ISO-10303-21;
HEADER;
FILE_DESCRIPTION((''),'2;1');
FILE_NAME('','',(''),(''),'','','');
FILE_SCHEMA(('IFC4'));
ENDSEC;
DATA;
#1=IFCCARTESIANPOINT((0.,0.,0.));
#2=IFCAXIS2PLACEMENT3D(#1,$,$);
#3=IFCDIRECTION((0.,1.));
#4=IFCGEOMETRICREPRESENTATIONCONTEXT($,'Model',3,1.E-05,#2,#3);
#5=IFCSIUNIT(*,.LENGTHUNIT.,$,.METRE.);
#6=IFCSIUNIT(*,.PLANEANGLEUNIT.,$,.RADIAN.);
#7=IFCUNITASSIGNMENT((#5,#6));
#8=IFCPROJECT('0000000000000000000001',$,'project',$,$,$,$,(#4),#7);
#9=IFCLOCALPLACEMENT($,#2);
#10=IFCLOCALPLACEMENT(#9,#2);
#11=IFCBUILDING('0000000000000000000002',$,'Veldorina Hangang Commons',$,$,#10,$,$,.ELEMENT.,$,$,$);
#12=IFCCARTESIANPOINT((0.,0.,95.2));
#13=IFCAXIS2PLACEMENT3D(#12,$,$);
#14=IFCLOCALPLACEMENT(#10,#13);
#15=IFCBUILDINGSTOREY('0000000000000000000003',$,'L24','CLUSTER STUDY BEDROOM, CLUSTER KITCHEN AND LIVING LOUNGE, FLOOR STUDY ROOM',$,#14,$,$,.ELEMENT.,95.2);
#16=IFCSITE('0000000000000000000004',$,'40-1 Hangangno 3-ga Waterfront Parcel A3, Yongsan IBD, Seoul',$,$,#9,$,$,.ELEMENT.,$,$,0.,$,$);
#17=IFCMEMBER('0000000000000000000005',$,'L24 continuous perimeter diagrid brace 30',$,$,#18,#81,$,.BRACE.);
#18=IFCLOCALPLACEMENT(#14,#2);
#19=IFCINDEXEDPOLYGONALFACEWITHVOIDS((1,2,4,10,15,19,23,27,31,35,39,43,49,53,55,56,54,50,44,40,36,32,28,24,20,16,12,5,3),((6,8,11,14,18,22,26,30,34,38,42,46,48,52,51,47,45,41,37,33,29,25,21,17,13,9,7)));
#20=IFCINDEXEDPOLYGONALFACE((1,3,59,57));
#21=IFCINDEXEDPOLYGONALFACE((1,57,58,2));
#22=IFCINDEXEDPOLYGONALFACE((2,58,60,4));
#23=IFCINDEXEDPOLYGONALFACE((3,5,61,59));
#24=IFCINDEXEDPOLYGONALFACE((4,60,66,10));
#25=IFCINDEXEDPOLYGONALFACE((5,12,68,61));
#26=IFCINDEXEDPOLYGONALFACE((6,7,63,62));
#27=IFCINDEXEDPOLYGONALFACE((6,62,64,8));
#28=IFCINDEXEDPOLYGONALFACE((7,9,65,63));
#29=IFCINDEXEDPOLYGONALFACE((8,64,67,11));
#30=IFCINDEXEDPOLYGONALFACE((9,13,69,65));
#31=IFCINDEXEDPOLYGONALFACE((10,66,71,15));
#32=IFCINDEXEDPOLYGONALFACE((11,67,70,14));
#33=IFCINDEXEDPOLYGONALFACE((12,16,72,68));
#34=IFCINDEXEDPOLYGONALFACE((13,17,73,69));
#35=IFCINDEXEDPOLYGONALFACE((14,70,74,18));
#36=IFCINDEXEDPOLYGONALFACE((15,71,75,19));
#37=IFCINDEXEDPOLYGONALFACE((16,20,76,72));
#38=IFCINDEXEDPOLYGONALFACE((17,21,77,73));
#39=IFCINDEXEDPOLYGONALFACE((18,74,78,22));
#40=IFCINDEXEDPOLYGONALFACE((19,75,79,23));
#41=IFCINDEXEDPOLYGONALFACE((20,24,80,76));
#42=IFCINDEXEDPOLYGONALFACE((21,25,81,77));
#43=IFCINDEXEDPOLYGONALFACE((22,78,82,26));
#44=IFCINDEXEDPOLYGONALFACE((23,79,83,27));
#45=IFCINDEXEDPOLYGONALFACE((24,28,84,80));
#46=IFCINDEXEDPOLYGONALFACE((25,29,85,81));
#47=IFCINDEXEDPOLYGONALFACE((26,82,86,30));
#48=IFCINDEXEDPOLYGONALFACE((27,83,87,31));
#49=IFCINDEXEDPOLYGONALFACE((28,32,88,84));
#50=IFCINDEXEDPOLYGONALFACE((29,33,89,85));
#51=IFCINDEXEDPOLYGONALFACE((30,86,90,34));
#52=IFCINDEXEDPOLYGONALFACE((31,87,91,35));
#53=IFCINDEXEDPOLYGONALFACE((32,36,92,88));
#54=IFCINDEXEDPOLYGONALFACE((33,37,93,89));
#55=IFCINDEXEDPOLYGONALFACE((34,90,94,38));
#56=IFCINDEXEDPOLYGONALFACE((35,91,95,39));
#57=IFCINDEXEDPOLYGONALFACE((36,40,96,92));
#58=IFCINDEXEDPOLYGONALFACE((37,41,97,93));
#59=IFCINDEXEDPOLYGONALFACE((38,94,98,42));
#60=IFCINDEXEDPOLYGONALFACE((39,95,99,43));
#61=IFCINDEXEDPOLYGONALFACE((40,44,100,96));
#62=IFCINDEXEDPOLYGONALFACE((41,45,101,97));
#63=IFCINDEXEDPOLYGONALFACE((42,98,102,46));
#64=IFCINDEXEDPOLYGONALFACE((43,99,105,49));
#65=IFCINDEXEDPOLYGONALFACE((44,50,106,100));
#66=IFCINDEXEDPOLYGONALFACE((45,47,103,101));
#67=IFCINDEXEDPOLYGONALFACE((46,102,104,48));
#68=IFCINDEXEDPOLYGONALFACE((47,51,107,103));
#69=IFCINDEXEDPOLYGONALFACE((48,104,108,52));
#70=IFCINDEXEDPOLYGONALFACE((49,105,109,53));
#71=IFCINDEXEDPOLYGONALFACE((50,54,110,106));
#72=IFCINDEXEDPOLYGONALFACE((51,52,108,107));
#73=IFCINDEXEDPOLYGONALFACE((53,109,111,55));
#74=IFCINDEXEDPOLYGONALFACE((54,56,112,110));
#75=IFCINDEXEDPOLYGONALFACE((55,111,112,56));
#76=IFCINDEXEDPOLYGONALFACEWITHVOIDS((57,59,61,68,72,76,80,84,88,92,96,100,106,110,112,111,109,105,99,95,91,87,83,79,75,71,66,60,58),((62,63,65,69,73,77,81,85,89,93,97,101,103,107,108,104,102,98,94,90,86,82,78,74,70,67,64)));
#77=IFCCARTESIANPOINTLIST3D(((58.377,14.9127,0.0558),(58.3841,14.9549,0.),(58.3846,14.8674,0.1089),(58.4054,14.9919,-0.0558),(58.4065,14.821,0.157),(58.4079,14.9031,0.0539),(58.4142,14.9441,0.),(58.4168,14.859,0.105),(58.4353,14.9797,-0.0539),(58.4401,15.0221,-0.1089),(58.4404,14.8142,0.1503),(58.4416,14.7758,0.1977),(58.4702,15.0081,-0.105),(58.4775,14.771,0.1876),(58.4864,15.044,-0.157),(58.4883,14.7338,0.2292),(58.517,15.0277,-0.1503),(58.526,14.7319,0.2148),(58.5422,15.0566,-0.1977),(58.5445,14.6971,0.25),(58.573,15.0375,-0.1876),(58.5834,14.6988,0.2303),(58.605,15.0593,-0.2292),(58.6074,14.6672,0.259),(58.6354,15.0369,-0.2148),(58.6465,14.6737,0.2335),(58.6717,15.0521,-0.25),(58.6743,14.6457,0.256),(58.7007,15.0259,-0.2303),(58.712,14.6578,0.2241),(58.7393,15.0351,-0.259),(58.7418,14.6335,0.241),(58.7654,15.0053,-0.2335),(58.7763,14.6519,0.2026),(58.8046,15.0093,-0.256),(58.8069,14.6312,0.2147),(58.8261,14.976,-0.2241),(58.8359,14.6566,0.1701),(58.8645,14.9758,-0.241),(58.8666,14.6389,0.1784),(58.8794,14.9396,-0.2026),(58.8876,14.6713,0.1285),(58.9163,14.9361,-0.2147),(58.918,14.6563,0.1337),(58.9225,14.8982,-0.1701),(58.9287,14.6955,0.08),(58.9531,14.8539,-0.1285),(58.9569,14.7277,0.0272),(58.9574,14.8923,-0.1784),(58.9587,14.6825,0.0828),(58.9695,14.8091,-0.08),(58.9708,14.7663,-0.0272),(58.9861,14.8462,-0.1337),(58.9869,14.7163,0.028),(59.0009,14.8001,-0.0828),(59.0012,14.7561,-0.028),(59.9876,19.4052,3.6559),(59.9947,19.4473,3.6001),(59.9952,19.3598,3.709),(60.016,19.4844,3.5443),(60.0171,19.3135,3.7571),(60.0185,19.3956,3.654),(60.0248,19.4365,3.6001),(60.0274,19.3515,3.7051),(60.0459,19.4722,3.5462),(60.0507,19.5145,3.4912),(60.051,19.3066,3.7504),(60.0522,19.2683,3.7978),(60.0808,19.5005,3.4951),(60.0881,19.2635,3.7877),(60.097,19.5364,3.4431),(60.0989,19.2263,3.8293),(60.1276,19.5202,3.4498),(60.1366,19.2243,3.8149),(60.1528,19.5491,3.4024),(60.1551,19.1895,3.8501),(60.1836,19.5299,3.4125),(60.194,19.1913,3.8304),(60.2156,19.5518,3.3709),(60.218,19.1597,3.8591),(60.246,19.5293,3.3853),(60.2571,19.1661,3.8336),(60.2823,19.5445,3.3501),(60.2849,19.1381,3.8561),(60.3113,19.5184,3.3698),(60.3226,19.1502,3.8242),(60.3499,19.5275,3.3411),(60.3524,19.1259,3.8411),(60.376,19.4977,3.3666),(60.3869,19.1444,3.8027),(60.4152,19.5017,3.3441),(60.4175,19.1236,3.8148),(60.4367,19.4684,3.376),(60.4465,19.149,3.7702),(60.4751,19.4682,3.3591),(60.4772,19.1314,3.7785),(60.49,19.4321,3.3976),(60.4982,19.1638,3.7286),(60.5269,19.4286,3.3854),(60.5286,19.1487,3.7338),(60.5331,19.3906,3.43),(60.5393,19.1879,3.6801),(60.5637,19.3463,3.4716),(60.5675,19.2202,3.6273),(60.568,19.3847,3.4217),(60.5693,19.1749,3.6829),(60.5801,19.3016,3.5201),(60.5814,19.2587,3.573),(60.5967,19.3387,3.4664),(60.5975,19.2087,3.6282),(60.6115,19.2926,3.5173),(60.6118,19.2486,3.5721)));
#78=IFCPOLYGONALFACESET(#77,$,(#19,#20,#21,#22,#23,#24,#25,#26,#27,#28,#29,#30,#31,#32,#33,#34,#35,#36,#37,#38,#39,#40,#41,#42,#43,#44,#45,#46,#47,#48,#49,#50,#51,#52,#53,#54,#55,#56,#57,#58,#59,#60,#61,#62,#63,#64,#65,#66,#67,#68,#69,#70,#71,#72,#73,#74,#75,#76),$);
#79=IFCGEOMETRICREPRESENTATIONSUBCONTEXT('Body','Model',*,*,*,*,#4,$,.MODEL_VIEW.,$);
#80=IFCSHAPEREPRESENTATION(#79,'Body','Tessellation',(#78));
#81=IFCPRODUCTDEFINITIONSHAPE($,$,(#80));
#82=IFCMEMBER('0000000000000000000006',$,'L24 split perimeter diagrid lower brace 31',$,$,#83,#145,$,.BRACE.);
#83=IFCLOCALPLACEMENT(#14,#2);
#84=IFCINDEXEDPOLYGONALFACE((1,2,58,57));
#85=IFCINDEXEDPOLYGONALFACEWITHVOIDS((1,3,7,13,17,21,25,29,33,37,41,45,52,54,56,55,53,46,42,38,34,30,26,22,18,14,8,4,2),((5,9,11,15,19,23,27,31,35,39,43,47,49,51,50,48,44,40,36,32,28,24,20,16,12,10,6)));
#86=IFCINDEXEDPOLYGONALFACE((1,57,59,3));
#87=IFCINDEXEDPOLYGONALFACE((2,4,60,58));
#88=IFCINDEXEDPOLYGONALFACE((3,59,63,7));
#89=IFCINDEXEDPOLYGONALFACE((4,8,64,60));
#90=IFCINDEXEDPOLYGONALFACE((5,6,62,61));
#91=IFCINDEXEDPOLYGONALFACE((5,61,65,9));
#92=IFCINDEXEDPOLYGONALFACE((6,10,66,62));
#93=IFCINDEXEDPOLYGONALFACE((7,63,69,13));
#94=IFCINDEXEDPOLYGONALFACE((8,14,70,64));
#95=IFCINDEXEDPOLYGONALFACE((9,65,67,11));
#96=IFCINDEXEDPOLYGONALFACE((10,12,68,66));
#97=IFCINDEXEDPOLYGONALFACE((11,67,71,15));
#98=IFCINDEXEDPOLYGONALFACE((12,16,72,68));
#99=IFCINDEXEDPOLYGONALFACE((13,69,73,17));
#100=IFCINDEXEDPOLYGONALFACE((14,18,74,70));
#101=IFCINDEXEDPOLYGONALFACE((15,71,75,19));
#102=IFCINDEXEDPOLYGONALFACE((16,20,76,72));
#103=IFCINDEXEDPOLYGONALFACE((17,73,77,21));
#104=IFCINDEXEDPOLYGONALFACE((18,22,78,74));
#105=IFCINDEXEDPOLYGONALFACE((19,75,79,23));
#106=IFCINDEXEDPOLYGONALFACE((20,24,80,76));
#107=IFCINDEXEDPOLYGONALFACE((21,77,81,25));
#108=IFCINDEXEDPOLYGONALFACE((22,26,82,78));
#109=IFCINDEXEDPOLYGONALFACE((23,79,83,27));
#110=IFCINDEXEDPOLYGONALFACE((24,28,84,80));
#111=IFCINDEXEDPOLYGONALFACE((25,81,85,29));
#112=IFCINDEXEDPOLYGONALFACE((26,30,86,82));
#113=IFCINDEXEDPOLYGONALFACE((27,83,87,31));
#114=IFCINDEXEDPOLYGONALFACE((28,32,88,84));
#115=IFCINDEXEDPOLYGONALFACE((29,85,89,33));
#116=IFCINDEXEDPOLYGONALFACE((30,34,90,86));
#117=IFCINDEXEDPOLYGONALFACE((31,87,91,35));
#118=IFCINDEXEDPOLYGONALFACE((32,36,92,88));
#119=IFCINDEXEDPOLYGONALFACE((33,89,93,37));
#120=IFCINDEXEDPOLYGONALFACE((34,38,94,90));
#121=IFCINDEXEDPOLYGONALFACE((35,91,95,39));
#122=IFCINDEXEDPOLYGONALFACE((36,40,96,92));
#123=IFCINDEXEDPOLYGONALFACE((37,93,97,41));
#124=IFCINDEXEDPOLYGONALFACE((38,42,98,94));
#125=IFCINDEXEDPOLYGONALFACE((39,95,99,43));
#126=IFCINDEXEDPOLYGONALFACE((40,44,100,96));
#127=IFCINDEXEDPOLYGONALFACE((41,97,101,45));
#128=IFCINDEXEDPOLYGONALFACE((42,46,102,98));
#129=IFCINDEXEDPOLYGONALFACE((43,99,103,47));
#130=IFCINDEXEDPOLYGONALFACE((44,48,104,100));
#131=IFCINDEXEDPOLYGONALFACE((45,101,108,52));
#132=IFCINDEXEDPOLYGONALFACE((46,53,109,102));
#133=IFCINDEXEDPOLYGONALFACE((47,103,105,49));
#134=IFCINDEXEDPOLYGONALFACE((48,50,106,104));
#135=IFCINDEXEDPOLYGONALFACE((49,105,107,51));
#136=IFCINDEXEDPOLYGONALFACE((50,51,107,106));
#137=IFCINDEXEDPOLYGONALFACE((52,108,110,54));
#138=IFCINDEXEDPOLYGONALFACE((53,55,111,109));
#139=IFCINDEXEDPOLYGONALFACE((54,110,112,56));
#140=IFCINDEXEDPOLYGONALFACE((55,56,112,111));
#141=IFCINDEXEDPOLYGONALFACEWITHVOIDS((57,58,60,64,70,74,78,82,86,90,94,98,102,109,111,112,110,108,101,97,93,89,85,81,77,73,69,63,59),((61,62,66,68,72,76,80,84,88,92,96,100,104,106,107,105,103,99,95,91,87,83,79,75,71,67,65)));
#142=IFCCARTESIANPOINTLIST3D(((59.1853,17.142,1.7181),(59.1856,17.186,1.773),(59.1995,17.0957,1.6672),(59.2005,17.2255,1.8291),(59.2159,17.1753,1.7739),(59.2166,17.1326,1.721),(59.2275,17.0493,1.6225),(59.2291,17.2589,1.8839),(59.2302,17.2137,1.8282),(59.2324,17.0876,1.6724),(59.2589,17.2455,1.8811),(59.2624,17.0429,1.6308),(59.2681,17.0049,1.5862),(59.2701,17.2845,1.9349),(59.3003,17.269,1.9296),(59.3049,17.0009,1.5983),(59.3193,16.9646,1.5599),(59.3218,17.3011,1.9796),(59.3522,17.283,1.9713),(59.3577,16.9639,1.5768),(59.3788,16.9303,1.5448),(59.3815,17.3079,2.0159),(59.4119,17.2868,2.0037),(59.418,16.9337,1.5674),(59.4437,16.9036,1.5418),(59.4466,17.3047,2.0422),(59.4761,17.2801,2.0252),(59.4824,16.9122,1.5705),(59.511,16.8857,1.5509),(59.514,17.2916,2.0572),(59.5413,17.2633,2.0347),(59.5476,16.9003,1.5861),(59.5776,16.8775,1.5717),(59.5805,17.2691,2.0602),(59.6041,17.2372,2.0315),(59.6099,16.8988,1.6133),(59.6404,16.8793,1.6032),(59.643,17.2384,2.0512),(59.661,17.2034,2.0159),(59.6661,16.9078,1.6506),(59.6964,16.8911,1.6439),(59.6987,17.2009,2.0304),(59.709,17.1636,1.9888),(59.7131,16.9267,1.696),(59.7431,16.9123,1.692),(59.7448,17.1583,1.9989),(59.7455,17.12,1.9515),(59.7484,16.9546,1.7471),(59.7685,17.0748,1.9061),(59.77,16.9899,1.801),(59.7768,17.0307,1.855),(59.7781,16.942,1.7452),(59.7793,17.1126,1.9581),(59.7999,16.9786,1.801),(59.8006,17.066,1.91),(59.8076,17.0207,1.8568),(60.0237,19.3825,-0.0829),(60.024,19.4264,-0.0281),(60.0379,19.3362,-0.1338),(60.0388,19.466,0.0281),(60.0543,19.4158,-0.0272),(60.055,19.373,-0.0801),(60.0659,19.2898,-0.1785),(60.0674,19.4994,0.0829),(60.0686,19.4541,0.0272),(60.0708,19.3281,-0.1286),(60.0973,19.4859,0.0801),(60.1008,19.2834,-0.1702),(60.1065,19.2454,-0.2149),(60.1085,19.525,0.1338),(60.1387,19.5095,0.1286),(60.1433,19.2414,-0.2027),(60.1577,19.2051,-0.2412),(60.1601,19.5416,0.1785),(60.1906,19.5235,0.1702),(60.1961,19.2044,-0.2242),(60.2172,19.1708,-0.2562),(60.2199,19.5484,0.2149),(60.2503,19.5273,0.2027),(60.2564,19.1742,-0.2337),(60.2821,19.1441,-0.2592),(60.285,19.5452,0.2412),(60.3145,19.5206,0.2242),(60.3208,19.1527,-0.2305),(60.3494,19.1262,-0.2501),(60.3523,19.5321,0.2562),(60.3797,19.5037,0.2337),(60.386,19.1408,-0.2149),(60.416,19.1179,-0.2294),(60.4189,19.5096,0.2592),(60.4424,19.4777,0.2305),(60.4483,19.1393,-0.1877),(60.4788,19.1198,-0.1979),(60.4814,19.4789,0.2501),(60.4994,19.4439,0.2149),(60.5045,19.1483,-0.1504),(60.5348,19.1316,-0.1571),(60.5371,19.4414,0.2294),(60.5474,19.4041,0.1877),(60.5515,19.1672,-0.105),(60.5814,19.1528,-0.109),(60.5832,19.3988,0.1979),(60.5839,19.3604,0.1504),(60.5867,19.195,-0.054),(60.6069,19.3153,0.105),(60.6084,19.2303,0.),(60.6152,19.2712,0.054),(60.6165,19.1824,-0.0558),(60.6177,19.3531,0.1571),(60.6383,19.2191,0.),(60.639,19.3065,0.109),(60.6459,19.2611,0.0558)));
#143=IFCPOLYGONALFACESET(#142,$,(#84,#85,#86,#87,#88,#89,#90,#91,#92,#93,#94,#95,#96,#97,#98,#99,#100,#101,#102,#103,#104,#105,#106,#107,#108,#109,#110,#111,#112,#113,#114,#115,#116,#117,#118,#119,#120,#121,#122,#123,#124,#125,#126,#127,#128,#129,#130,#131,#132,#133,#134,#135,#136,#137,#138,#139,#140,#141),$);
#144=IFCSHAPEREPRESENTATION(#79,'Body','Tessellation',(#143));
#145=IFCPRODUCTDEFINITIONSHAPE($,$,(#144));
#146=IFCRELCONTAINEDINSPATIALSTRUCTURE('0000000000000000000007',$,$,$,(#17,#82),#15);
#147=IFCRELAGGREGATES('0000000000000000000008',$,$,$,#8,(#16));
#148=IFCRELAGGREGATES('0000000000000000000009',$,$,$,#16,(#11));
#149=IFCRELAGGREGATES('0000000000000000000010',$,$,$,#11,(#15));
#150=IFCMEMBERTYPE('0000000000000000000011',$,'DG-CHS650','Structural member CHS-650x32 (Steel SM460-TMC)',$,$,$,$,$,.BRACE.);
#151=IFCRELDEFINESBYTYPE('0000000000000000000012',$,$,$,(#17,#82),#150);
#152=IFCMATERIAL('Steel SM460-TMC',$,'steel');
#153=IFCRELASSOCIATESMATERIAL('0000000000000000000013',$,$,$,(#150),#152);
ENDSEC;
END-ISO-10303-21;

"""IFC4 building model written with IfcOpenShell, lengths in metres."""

from ifc_helpers import new_model, si_unit, direction, frame, origin, origin_2d, place, context, subcontext, project, spatial, hollow_circle, extrude, material, material_profile, profile_set, type_object, element, save


model = new_model("IFC4")

# Units and contexts
model_context = context("Model", 3, precision=1e-05, world=origin(), true_north=direction((0.0, 1.0)))
body_context = subcontext(model_context, "Body", "Model", "MODEL_VIEW")
ifc_project = project(units=[si_unit("LENGTHUNIT", "METRE"), si_unit("PLANEANGLEUNIT", "RADIAN")], contexts=[model_context])

# Site, building, storey
site_placement = place(None, origin())
site = spatial("IfcSite", under=ifc_project, at=site_placement, Name="40-1 Hangangno 3-ga Waterfront Parcel A3, Yongsan IBD, Seoul", CompositionType="ELEMENT", RefElevation=0.0)
building_placement = place(site_placement, origin())
building = spatial("IfcBuilding", under=site, at=building_placement, Name="Veldorina Hangang Commons", CompositionType="ELEMENT")
storey_placement = place(building_placement, frame((0.0, 0.0, 95.2)))
storey = spatial("IfcBuildingStorey", under=building, at=storey_placement, Name="L24", Description="CLUSTER STUDY BEDROOM, CLUSTER KITCHEN AND LIVING LOUNGE, FLOOR STUDY ROOM", CompositionType="ELEMENT", Elevation=95.2)

# Members
ifc_material_1 = material(Name="Steel SM460-TMC", Category="steel")
ifc_material_profile_1 = material_profile(ifc_material_1, hollow_circle(Radius=0.325, WallThickness=0.032, at=origin_2d()), Name="CHS-650x32")
ifc_profile_set_1 = profile_set([ifc_material_profile_1], Name="Steel SM460-TMC")
member_type_1 = type_object("IfcMemberType", Name="DG-CHS650", Description="Structural member CHS-650x32 (Steel SM460-TMC)", PredefinedType="BRACE", material=ifc_profile_set_1)
member_1_placement = place(storey_placement, frame((58.6899, 14.8452, 0.0), z_axis=(0.26942, 0.751492, 0.602223), x_axis=(-0.941333, 0.33748, 0.0)))
element("IfcMember", 1, at=member_1_placement, inside=storey, type_object=member_type_1, Name="L24 continuous perimeter diagrid brace 30", PredefinedType="BRACE", context=body_context, shape_type="SweptSolid", body=[
    extrude(hollow_circle(Radius=0.325, WallThickness=0.032, at=origin_2d()), origin(), (0.0, 0.0, 1.0), 5.978),
])
member_2_placement = place(storey_placement, frame((60.334, 19.333, 0.0), z_axis=(-0.279984, -0.748228, 0.601468), x_axis=(0.936576, -0.350463, 0.0)))
element("IfcMember", 2, at=member_2_placement, inside=storey, type_object=member_type_1, Name="L24 split perimeter diagrid lower brace 31", PredefinedType="BRACE", context=body_context, shape_type="SweptSolid", body=[
    extrude(hollow_circle(Radius=0.325, WallThickness=0.032, at=origin_2d()), origin(), (0.0, 0.0, 1.0), 2.9944),
])

save(model, "model.ifc")
